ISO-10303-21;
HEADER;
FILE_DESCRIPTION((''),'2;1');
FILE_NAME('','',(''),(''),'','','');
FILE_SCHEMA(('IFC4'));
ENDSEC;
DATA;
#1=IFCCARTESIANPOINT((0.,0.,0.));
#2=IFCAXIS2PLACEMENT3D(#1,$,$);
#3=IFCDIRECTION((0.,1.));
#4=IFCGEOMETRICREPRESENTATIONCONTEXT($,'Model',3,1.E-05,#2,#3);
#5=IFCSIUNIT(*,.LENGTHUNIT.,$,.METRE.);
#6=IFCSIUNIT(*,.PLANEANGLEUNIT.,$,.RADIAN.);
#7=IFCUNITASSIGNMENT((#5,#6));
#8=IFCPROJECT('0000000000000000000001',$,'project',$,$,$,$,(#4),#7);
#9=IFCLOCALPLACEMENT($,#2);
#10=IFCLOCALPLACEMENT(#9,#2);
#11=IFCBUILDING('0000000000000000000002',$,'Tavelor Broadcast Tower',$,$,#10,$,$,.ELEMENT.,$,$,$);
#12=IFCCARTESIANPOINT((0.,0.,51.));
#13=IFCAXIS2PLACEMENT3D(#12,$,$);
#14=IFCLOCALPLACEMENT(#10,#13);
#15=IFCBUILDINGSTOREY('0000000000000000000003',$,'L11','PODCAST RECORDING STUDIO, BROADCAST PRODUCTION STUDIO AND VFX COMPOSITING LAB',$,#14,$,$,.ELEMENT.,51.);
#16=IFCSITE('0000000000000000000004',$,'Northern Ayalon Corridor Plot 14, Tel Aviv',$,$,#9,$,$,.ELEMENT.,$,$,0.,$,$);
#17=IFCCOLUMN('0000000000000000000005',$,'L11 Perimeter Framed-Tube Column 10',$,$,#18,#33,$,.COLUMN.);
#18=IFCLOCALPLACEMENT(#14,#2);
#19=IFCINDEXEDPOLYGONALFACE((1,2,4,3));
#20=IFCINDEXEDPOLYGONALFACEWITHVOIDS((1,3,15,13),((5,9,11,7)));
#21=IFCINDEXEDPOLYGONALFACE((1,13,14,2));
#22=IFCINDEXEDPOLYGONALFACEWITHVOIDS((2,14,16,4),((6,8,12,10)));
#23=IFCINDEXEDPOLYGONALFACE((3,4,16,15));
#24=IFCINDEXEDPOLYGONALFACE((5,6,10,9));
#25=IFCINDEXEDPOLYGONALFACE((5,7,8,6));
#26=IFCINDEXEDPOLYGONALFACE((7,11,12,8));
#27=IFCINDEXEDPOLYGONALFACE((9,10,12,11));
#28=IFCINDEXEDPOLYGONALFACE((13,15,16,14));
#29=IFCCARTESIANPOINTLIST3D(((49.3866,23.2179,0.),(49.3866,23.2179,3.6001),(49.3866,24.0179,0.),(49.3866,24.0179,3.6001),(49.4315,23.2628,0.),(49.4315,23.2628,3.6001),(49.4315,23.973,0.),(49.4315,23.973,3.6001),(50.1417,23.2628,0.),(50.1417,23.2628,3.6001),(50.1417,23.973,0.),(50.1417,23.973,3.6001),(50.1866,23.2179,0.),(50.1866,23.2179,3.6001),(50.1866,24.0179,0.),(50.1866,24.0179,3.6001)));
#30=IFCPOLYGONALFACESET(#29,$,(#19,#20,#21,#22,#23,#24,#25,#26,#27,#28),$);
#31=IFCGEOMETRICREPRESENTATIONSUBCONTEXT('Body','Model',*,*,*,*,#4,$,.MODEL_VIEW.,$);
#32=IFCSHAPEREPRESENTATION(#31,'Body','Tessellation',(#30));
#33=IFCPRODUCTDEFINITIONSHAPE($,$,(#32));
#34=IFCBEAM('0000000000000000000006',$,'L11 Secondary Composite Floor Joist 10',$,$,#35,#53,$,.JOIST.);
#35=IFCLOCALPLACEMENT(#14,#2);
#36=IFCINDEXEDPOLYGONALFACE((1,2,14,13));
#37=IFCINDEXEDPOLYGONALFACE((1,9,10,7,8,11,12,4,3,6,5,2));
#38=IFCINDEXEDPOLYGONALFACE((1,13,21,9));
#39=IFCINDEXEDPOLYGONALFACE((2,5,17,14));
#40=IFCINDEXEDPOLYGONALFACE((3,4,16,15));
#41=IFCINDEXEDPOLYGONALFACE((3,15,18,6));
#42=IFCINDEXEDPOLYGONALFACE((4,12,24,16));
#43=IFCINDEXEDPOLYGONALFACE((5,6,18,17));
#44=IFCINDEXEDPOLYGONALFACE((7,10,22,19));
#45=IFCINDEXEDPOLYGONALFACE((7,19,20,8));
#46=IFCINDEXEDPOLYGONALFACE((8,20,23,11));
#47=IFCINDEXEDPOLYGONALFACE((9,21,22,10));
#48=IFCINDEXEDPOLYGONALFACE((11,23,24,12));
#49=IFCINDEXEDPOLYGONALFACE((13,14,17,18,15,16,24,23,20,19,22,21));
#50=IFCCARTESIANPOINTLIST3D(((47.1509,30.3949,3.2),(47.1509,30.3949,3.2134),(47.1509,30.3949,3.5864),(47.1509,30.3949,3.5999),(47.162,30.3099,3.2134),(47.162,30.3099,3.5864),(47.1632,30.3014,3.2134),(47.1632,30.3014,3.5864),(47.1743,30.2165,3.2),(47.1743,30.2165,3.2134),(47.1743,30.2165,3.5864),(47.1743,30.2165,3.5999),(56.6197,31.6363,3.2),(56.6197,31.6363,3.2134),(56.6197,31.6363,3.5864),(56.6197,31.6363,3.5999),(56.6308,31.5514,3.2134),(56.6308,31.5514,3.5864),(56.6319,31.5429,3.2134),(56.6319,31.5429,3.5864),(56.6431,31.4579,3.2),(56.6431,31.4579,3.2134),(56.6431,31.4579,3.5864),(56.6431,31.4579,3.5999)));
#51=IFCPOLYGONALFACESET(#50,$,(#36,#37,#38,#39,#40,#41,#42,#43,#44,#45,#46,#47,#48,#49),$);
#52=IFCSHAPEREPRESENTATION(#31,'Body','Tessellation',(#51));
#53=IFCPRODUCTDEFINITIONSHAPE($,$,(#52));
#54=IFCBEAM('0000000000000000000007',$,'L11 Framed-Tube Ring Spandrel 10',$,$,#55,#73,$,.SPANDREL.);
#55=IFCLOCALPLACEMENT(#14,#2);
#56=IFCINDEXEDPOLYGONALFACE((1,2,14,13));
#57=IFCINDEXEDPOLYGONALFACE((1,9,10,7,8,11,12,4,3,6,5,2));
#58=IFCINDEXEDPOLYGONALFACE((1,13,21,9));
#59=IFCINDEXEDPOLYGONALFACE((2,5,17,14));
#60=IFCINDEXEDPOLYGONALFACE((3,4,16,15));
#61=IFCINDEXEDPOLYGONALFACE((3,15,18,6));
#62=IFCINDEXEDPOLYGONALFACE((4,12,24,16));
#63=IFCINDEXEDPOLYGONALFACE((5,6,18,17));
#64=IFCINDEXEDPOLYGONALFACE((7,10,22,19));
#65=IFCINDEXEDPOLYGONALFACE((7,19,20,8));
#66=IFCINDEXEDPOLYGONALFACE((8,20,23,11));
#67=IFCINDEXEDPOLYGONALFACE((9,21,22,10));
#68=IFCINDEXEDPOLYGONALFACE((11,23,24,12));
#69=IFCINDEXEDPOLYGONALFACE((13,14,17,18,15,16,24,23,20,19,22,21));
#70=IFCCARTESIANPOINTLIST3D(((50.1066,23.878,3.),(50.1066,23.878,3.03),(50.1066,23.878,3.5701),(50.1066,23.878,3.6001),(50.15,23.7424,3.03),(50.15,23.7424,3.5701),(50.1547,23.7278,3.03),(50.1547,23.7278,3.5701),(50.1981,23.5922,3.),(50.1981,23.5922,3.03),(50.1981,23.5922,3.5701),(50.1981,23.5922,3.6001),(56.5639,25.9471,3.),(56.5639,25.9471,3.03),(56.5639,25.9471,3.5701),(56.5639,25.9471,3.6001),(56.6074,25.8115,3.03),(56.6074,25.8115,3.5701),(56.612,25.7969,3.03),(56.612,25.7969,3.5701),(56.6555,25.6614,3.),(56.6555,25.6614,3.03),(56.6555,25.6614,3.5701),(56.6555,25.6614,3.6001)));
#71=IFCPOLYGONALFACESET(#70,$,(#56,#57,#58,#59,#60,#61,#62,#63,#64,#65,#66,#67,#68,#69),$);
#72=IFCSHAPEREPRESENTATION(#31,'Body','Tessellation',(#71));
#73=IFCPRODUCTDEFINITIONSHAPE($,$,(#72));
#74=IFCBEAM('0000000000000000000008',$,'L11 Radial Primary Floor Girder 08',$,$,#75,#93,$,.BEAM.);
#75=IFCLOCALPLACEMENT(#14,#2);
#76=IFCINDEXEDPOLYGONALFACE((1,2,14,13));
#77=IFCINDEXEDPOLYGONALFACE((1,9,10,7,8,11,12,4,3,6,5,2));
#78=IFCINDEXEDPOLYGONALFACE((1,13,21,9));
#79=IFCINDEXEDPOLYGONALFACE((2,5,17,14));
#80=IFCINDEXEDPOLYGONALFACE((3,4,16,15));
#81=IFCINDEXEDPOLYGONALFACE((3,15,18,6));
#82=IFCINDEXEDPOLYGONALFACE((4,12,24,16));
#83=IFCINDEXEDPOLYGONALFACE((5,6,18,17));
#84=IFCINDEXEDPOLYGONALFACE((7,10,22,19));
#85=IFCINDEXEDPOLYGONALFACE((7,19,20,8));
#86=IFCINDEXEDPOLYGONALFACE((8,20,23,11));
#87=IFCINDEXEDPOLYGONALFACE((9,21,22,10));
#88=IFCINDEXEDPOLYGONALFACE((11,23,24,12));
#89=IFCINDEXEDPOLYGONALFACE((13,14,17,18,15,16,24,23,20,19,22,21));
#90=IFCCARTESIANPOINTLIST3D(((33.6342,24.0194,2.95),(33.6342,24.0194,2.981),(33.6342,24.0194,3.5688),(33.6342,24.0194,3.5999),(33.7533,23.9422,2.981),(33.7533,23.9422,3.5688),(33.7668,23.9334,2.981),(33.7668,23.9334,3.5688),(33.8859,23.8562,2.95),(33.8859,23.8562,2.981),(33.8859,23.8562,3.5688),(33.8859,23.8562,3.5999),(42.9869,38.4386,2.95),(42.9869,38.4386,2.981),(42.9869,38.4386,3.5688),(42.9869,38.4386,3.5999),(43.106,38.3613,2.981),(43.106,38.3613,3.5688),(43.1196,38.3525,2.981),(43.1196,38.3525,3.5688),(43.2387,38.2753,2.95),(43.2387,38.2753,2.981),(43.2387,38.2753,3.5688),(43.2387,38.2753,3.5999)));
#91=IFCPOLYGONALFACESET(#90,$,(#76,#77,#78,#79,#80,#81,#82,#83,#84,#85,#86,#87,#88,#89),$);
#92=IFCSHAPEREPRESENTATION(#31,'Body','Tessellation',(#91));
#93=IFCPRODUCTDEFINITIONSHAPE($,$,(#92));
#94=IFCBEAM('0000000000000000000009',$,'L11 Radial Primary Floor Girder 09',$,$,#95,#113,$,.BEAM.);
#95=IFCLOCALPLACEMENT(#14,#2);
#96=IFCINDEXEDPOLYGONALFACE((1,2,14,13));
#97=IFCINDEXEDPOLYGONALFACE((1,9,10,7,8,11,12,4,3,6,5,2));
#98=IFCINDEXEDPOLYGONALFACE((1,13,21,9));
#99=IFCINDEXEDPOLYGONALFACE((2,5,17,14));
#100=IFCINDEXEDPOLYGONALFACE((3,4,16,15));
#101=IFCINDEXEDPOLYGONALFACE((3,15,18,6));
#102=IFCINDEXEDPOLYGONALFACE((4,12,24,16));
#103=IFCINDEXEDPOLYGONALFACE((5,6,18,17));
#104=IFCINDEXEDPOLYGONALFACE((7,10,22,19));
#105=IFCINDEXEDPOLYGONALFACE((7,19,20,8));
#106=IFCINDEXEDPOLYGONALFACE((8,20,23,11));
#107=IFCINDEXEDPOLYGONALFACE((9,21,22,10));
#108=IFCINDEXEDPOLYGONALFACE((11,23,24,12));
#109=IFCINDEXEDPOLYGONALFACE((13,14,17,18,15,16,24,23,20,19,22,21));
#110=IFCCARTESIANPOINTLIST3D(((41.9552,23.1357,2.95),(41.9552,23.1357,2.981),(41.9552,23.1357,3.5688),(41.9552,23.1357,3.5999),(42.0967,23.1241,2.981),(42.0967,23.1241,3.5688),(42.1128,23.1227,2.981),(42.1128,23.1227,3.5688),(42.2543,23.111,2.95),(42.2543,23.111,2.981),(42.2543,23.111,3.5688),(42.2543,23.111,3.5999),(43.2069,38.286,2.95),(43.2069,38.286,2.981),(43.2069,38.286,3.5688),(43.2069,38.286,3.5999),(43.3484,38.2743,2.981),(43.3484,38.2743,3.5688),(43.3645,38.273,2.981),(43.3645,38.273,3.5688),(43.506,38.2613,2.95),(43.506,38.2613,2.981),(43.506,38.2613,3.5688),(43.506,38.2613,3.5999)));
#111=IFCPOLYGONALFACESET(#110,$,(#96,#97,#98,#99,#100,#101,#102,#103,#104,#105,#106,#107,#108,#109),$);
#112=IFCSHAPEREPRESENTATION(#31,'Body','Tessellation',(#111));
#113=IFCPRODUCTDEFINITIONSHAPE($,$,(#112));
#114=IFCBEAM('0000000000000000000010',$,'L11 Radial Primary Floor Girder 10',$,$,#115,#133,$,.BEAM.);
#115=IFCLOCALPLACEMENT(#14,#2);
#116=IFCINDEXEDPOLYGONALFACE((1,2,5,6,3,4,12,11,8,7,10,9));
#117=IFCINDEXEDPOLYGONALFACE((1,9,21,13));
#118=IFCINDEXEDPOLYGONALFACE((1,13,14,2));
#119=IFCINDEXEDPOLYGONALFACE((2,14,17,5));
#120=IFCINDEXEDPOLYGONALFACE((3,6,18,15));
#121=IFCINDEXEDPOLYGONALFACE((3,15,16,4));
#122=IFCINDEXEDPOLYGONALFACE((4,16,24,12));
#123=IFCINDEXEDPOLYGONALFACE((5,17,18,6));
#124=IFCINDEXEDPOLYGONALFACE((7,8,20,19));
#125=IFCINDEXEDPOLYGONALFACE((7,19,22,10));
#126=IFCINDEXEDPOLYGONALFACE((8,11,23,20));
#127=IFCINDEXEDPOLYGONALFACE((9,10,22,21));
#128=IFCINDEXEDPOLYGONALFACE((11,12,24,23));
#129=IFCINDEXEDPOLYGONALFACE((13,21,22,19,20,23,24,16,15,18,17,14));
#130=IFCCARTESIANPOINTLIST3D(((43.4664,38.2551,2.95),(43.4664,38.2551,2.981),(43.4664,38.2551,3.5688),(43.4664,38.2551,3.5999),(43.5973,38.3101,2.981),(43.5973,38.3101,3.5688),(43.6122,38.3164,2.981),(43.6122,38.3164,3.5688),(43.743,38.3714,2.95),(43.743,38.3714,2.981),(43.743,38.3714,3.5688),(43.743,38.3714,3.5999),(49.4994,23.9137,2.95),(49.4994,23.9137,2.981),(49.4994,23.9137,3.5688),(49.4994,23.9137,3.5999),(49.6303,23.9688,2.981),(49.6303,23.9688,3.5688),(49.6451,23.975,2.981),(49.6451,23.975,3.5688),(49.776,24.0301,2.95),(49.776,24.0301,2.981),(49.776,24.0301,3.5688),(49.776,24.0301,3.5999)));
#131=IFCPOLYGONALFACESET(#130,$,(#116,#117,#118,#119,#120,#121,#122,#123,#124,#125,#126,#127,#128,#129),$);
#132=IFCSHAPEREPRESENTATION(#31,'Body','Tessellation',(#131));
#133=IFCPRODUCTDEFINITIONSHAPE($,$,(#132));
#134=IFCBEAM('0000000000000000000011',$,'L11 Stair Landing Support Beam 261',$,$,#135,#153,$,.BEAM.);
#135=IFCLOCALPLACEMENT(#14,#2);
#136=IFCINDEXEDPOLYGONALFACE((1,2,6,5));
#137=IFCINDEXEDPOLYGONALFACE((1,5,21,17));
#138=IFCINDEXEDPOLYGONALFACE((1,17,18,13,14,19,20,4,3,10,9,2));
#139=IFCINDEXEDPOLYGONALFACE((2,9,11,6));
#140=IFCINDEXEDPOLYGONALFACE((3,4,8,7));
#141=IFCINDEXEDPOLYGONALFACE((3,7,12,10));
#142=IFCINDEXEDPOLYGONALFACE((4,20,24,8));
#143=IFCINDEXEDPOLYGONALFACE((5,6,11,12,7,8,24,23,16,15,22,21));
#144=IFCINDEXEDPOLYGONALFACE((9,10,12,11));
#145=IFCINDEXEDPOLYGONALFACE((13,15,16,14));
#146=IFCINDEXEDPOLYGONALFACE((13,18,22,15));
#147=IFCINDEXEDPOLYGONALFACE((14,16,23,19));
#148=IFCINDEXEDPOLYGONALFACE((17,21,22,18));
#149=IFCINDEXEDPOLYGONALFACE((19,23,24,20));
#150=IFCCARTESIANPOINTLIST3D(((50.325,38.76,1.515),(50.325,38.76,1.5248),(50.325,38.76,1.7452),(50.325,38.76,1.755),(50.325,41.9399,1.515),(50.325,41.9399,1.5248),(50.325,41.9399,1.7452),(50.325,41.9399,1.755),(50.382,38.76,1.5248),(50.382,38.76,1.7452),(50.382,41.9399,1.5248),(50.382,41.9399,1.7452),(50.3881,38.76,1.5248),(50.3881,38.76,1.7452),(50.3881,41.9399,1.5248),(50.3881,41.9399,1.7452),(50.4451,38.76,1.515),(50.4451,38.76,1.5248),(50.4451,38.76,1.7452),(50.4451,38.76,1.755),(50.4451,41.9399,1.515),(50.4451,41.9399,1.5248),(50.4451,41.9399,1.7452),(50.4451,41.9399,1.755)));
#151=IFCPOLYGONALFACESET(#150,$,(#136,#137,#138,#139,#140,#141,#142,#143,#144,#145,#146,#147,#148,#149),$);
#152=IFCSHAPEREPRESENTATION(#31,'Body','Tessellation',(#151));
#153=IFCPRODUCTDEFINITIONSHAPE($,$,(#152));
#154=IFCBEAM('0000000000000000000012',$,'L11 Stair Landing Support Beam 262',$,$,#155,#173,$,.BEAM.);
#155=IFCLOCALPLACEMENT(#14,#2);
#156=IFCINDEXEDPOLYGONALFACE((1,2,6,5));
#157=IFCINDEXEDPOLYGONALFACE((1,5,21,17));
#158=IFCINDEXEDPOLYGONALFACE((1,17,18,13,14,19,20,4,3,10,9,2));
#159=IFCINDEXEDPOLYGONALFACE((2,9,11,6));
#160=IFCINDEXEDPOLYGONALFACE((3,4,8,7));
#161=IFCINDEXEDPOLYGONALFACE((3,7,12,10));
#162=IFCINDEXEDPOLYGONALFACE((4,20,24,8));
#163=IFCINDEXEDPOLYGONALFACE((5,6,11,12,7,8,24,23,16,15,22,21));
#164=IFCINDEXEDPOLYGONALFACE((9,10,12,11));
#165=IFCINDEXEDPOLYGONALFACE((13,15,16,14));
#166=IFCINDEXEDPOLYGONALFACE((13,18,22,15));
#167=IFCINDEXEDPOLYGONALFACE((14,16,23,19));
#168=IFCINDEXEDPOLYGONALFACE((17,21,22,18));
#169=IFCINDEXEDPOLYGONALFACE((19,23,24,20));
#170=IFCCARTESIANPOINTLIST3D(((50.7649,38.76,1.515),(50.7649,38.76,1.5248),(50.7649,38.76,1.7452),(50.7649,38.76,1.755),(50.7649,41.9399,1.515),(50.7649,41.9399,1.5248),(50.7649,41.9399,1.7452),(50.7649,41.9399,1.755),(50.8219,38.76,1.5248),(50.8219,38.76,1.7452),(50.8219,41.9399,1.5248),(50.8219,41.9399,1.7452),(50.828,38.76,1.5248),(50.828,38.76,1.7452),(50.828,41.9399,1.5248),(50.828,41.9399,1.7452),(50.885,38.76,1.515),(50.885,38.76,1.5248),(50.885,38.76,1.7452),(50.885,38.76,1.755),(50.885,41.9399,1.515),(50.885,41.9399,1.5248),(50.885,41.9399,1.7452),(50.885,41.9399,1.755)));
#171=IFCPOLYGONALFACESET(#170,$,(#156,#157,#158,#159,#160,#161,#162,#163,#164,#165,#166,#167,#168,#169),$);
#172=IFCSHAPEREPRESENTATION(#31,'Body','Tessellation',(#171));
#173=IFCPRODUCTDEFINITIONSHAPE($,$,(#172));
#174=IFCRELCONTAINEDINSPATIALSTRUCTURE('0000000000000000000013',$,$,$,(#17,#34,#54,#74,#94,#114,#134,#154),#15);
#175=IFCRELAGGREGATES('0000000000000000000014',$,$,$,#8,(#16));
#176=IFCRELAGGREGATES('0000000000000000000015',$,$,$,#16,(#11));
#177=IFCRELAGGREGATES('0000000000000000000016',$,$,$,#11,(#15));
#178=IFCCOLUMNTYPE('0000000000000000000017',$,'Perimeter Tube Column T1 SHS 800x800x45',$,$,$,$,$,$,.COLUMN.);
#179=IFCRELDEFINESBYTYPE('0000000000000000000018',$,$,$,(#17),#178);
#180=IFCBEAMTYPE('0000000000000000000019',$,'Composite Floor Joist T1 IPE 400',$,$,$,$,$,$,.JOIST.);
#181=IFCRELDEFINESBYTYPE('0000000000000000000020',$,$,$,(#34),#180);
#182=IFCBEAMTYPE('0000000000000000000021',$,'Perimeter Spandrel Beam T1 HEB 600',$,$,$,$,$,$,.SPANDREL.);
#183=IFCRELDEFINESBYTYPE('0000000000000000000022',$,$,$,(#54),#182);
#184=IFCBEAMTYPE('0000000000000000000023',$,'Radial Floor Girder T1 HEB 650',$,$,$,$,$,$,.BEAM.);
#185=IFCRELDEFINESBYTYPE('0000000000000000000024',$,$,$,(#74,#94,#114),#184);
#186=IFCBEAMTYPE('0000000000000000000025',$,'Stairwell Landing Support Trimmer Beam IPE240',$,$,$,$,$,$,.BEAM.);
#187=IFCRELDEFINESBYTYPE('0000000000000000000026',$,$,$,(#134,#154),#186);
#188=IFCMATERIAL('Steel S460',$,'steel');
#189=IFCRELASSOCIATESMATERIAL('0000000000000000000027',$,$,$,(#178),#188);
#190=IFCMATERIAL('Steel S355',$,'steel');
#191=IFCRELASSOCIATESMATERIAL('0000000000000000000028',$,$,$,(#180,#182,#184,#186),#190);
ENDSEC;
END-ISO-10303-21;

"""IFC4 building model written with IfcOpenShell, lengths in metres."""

from ifc_helpers import new_model, si_unit, direction, frame, origin, origin_2d, place, context, subcontext, project, spatial, hollow_rectangle, i_section, extrude, material, material_profile, profile_set, type_object, element, save


model = new_model("IFC4")

# Units and contexts
model_context = context("Model", 3, precision=1e-05, world=origin(), true_north=direction((0.0, 1.0)))
body_context = subcontext(model_context, "Body", "Model", "MODEL_VIEW")
ifc_project = project(units=[si_unit("LENGTHUNIT", "METRE"), si_unit("PLANEANGLEUNIT", "RADIAN")], contexts=[model_context])

# Site, building, storey
site_placement = place(None, origin())
site = spatial("IfcSite", under=ifc_project, at=site_placement, Name="Northern Ayalon Corridor Plot 14, Tel Aviv", CompositionType="ELEMENT", RefElevation=0.0)
building_placement = place(site_placement, origin())
building = spatial("IfcBuilding", under=site, at=building_placement, Name="Tavelor Broadcast Tower", CompositionType="ELEMENT")
storey_placement = place(building_placement, frame((0.0, 0.0, 51.0)))
storey = spatial("IfcBuildingStorey", under=building, at=storey_placement, Name="L11", Description="PODCAST RECORDING STUDIO, BROADCAST PRODUCTION STUDIO AND VFX COMPOSITING LAB", CompositionType="ELEMENT", Elevation=51.0)

# Column
ifc_material_1 = material(Name="Steel S460", Category="steel")
ifc_material_profile_1 = material_profile(ifc_material_1, hollow_rectangle(XDim=0.8, YDim=0.8, WallThickness=0.0449, at=origin_2d()), Name="SHS 800x800x45")
ifc_profile_set_1 = profile_set([ifc_material_profile_1], Name="Steel S460")
column_type = type_object("IfcColumnType", Name="Perimeter Tube Column T1 SHS 800x800x45", PredefinedType="COLUMN", material=ifc_profile_set_1)
column_placement = place(storey_placement, frame((49.7866, 23.6179, 0.0), z_axis=(0.0, 0.0, 1.0), x_axis=(1.0, 0.0, 0.0)))
element("IfcColumn", 1, at=column_placement, inside=storey, type_object=column_type, Name="L11 Perimeter Framed-Tube Column 10", PredefinedType="COLUMN", context=body_context, shape_type="SweptSolid", body=[
    extrude(hollow_rectangle(XDim=0.8, YDim=0.8, WallThickness=0.0449, at=origin_2d()), origin(), (0.0, 0.0, 1.0), 3.6001),
])

# Beams
ifc_material_2 = material(Name="Steel S355", Category="steel")
ifc_material_profile_2 = material_profile(ifc_material_2, i_section(OverallWidth=0.1799, OverallDepth=0.3999, WebThickness=0.0085, FlangeThickness=0.0134, at=origin_2d()), Name="IPE 400")
ifc_profile_set_2 = profile_set([ifc_material_profile_2], Name="Steel S355")
beam_type_1 = type_object("IfcBeamType", Name="Composite Floor Joist T1 IPE 400", PredefinedType="JOIST", material=ifc_profile_set_2)
beam_1_placement = place(storey_placement, frame((47.1626, 30.3057, 3.3999), z_axis=(0.991514, 0.129998, 0.0), x_axis=(-0.129998, 0.991514, 0.0)))
element("IfcBeam", 2, at=beam_1_placement, inside=storey, type_object=beam_type_1, Name="L11 Secondary Composite Floor Joist 10", PredefinedType="JOIST", context=body_context, shape_type="SweptSolid", body=[
    extrude(i_section(OverallWidth=0.1799, OverallDepth=0.3999, WebThickness=0.0085, FlangeThickness=0.0134, at=origin_2d()), origin(), (0.0, 0.0, 1.0), 9.5498),
])
ifc_material_profile_3 = material_profile(ifc_material_2, i_section(OverallWidth=0.3, OverallDepth=0.6001, WebThickness=0.0154, FlangeThickness=0.03, at=origin_2d()), Name="HEB 600")
ifc_profile_set_3 = profile_set([ifc_material_profile_3], Name="Steel S355")
beam_type_2 = type_object("IfcBeamType", Name="Perimeter Spandrel Beam T1 HEB 600", PredefinedType="SPANDREL", material=ifc_profile_set_3)
beam_2_placement = place(storey_placement, frame((50.1523, 23.7351, 3.3), z_axis=(0.952306, 0.305145, 0.0), x_axis=(-0.305145, 0.952306, 0.0)))
element("IfcBeam", 3, at=beam_2_placement, inside=storey, type_object=beam_type_2, Name="L11 Framed-Tube Ring Spandrel 10", PredefinedType="SPANDREL", context=body_context, shape_type="SweptSolid", body=[
    extrude(i_section(OverallWidth=0.3, OverallDepth=0.6001, WebThickness=0.0154, FlangeThickness=0.03, at=origin_2d()), origin(), (0.0, 0.0, 1.0), 6.7808),
])
ifc_material_profile_4 = material_profile(ifc_material_2, i_section(OverallWidth=0.3, OverallDepth=0.6499, WebThickness=0.0161, FlangeThickness=0.031, at=origin_2d()), Name="HEB 650")
ifc_profile_set_4 = profile_set([ifc_material_profile_4], Name="Steel S355")
beam_type_3 = type_object("IfcBeamType", Name="Radial Floor Girder T1 HEB 650", PredefinedType="BEAM", material=ifc_profile_set_4)
beam_3_placement = place(storey_placement, frame((43.1128, 38.3569, 3.2749), z_axis=(-0.544183, -0.838967, 0.0), x_axis=(0.838967, -0.544183, 0.0)))
element("IfcBeam", 4, at=beam_3_placement, inside=storey, type_object=beam_type_3, Name="L11 Radial Primary Floor Girder 08", PredefinedType="BEAM", context=body_context, shape_type="SweptSolid", body=[
    extrude(i_section(OverallWidth=0.3, OverallDepth=0.6499, WebThickness=0.0161, FlangeThickness=0.031, at=origin_2d()), origin(), (0.0, 0.0, 1.0), 17.1868),
])
beam_4_placement = place(storey_placement, frame((43.3564, 38.2737, 3.2749), z_axis=(-0.082338, -0.996604, 0.0), x_axis=(0.996604, -0.082338, 0.0)))
element("IfcBeam", 5, at=beam_4_placement, inside=storey, type_object=beam_type_3, Name="L11 Radial Primary Floor Girder 09", PredefinedType="BEAM", context=body_context, shape_type="SweptSolid", body=[
    extrude(i_section(OverallWidth=0.3, OverallDepth=0.6499, WebThickness=0.0161, FlangeThickness=0.031, at=origin_2d()), origin(), (0.0, 0.0, 1.0), 15.2019),
])
beam_5_placement = place(storey_placement, frame((43.6047, 38.3132, 3.2749), z_axis=(0.387757, -0.921761, 0.0), x_axis=(0.921761, 0.387757, 0.0)))
element("IfcBeam", 6, at=beam_5_placement, inside=storey, type_object=beam_type_3, Name="L11 Radial Primary Floor Girder 10", PredefinedType="BEAM", context=body_context, shape_type="SweptSolid", body=[
    extrude(i_section(OverallWidth=0.3, OverallDepth=0.6499, WebThickness=0.0161, FlangeThickness=0.031, at=origin_2d()), origin(), (0.0, 0.0, 1.0), 15.5586),
])
ifc_material_profile_5 = material_profile(ifc_material_2, i_section(OverallWidth=0.1201, OverallDepth=0.24, WebThickness=0.0061, FlangeThickness=0.0098, at=origin_2d()), Name="IPE 240")
ifc_profile_set_5 = profile_set([ifc_material_profile_5], Name="Steel S355")
beam_type_4 = type_object("IfcBeamType", Name="Stairwell Landing Support Trimmer Beam IPE240", PredefinedType="BEAM", material=ifc_profile_set_5)
for number, where, z_axis, x_axis, name in (
    (7, (50.385, 38.76, 1.635), (0.0, 1.0, 0.0), (-1.0, 0.0, 0.0), "L11 Stair Landing Support Beam 261"),
    (8, (50.825, 38.76, 1.635), (0.0, 1.0, 0.0), (-1.0, 0.0, 0.0), "L11 Stair Landing Support Beam 262"),
):
    element("IfcBeam", number, at=place(storey_placement, frame(where, z_axis=z_axis, x_axis=x_axis)), inside=storey, type_object=beam_type_4, Name=name, PredefinedType="BEAM", context=body_context, shape_type="SweptSolid", body=[
        extrude(i_section(OverallWidth=0.1201, OverallDepth=0.24, WebThickness=0.0061, FlangeThickness=0.0098, at=origin_2d()), origin(), (0.0, 0.0, 1.0), 3.1799),
    ])

save(model, "model.ifc")
